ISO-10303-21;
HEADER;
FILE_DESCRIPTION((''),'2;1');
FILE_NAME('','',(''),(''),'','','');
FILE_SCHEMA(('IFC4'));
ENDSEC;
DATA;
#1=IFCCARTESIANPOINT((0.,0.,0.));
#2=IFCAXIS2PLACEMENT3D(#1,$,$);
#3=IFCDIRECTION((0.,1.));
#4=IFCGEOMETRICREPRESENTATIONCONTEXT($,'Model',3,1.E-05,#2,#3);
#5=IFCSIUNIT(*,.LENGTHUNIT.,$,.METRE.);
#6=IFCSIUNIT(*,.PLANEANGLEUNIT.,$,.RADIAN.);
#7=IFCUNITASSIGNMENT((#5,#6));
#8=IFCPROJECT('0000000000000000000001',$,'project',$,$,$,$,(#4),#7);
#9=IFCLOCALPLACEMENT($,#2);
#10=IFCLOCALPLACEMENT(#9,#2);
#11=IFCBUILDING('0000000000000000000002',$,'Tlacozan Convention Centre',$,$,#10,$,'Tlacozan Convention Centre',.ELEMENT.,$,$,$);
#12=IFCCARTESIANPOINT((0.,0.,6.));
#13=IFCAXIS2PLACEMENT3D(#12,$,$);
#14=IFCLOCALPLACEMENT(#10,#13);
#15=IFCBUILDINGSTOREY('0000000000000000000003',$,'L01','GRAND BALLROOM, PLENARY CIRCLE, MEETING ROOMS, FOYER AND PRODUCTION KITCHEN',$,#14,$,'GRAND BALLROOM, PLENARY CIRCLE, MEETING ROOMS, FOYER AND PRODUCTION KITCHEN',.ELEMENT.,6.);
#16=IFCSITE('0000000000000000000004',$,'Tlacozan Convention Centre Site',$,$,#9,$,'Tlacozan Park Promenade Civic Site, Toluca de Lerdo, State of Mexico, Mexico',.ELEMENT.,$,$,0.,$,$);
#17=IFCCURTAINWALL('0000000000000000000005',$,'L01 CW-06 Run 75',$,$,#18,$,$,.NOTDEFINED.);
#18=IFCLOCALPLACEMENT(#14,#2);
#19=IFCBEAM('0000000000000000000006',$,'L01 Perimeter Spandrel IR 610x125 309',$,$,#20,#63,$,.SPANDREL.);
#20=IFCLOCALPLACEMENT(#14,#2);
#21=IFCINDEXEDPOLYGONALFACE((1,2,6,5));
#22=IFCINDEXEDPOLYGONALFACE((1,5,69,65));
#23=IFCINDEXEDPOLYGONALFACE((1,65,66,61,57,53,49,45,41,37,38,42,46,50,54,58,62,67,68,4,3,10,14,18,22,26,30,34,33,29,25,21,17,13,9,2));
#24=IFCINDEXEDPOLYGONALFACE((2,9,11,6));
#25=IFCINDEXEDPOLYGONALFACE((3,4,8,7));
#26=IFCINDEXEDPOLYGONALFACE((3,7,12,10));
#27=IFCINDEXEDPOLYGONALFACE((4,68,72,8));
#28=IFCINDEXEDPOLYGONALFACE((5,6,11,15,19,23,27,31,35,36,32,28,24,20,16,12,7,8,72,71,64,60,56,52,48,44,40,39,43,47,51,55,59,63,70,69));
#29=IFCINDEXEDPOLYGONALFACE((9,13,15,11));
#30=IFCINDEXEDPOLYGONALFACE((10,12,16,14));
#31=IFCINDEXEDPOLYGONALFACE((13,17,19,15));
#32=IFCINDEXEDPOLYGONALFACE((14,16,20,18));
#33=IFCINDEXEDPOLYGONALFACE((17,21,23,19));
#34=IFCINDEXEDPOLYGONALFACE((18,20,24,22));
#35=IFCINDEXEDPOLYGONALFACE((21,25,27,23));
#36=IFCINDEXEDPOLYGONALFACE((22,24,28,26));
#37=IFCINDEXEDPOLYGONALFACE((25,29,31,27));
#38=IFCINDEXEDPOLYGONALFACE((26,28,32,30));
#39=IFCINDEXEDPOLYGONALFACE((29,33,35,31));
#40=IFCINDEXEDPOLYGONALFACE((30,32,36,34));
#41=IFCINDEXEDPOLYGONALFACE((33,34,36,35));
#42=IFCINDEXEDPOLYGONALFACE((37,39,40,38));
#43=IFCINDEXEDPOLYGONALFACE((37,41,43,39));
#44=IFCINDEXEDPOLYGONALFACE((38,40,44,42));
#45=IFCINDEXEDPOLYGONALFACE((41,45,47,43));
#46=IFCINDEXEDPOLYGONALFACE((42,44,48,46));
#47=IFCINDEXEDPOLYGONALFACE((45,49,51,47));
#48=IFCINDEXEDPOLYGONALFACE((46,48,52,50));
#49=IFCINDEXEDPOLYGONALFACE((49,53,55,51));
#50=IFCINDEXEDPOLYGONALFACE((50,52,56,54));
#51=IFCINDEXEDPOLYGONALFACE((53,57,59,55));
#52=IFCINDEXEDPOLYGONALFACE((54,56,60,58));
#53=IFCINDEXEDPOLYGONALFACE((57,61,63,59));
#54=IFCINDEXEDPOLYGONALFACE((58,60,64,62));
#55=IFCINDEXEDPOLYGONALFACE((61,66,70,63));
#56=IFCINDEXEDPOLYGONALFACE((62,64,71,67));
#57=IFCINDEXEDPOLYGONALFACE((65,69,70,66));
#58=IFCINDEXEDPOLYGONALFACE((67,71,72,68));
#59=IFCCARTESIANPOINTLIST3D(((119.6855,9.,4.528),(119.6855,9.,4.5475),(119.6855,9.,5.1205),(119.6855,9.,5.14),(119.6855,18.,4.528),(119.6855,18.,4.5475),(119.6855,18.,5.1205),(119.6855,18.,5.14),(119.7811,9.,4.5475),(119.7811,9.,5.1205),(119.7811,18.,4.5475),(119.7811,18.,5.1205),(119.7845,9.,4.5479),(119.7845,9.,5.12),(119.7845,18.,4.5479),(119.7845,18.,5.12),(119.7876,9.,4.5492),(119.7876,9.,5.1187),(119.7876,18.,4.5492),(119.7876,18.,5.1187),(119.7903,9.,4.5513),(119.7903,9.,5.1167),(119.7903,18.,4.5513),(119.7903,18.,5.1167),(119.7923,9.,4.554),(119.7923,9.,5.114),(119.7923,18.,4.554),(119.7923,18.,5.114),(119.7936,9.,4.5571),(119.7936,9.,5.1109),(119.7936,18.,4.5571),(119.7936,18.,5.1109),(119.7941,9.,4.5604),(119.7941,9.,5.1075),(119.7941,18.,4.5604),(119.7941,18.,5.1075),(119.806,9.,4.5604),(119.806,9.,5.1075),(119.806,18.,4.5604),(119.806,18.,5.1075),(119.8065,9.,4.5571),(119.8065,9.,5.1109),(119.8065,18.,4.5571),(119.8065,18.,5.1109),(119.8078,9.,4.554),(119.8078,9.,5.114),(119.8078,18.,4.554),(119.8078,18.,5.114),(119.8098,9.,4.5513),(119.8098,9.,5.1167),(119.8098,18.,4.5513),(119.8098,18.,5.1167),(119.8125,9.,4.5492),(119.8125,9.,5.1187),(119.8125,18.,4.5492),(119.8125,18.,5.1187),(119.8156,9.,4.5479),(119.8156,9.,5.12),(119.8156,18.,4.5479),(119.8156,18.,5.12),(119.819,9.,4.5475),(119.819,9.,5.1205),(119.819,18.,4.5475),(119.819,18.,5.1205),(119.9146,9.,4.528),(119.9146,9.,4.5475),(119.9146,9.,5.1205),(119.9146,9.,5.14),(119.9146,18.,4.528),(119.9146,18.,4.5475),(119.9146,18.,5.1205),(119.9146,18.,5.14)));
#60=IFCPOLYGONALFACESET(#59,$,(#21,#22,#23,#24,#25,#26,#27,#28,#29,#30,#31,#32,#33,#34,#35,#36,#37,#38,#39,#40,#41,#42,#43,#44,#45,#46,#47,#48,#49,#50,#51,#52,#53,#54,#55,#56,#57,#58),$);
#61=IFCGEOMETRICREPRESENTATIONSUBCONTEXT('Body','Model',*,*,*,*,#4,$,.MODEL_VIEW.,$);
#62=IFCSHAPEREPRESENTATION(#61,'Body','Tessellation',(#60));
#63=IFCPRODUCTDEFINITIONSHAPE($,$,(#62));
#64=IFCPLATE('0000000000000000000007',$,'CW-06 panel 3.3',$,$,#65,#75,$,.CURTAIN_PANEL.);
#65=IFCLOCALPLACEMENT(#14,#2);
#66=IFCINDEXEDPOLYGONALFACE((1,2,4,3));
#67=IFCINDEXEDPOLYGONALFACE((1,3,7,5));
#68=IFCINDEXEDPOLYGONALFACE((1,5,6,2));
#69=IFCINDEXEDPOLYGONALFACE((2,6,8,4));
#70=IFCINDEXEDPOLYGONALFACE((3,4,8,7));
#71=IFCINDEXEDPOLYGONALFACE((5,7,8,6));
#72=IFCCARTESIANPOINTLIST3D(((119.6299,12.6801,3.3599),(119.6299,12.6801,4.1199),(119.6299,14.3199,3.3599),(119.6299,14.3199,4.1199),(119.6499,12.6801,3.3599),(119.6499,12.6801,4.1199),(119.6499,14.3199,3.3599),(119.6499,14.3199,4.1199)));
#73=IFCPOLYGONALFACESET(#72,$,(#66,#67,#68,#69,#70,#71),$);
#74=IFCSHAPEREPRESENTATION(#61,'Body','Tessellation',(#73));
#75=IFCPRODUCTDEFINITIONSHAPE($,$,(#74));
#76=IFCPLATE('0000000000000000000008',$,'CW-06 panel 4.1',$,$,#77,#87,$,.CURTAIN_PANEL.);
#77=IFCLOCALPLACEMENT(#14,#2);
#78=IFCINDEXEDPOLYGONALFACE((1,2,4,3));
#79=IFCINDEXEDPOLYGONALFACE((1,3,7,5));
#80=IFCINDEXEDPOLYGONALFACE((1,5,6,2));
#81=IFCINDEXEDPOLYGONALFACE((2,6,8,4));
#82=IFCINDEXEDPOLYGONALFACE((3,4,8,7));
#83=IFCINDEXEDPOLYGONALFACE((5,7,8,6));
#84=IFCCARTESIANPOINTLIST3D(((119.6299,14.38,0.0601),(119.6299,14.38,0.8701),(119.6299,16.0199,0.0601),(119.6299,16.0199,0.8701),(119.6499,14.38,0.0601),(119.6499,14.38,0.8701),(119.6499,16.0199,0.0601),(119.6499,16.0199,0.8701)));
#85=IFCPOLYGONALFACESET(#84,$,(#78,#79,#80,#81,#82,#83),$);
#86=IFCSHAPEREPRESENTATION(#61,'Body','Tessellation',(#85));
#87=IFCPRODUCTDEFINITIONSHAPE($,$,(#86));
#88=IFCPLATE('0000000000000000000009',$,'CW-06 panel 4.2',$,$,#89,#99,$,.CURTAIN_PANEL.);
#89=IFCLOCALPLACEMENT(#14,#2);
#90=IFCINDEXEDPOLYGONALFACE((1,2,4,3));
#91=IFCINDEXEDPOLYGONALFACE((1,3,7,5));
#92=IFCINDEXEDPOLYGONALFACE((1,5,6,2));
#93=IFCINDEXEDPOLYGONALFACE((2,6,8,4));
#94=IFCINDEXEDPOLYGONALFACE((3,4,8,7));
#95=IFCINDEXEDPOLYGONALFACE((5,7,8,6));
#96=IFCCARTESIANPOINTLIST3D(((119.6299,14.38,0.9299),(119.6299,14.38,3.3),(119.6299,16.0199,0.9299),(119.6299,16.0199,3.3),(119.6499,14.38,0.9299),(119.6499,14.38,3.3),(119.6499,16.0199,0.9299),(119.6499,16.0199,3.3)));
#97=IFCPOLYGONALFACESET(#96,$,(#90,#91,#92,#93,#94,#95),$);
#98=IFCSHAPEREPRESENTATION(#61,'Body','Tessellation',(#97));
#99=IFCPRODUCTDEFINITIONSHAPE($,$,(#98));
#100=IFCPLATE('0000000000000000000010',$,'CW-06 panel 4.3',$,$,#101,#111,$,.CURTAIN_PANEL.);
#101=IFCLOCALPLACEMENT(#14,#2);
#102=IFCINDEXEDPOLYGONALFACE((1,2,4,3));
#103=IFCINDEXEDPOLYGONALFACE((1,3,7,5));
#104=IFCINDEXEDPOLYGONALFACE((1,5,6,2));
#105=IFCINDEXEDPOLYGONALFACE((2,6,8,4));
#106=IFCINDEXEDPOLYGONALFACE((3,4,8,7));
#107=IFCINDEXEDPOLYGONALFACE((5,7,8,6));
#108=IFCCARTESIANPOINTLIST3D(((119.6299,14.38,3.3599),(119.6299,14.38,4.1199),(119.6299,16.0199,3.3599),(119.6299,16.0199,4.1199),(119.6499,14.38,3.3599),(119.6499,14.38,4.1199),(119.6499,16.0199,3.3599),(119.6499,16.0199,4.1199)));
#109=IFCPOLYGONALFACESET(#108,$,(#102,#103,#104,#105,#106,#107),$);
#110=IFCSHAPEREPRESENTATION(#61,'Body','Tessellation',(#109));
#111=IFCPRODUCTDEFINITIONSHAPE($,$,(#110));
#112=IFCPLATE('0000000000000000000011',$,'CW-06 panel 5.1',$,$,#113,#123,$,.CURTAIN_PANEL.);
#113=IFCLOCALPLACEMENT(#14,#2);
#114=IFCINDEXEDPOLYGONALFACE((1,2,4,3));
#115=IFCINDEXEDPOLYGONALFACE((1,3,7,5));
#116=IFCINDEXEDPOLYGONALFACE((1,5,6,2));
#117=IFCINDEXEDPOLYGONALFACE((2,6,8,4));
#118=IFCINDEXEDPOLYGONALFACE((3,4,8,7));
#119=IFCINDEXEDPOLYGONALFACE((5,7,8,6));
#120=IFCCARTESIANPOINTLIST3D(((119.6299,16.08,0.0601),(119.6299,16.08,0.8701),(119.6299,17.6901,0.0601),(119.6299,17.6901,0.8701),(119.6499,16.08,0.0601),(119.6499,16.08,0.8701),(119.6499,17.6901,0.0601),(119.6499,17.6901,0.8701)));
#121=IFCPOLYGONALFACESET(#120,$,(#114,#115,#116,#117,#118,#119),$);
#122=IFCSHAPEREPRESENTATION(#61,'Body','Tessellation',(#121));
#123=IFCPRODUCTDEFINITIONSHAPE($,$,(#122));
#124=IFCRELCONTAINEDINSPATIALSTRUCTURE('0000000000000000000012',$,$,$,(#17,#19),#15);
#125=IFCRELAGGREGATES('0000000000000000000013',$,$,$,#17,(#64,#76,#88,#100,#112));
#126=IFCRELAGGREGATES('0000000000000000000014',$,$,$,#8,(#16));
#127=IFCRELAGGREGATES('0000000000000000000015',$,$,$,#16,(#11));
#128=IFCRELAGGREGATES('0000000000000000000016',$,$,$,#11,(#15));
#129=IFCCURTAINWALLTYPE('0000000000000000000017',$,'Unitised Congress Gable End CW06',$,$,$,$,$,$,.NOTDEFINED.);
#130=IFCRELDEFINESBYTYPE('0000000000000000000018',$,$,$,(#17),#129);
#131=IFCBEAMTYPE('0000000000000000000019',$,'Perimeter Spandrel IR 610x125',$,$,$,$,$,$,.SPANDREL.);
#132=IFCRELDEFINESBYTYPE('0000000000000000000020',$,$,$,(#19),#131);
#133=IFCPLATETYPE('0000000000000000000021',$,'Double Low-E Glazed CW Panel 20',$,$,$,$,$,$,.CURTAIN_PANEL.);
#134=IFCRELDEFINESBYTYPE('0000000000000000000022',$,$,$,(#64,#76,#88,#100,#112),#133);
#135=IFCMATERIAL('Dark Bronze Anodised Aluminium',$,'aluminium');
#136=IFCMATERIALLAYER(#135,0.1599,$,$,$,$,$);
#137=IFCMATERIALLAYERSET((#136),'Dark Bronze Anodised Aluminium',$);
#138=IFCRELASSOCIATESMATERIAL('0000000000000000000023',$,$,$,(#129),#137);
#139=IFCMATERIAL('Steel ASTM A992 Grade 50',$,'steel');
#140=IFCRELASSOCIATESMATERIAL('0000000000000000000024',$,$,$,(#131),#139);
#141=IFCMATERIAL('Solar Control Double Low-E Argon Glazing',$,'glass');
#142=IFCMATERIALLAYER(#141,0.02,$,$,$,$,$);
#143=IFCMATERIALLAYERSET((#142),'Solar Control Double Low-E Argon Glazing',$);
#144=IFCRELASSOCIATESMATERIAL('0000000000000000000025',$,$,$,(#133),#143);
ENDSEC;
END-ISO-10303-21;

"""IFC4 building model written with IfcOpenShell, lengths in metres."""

from ifc_helpers import new_model, si_unit, direction, frame, origin, origin_2d, place, context, subcontext, project, spatial, rectangle, i_section, extrude, material, layer, layer_set, material_profile, profile_set, type_object, element, aggregate, save


model = new_model("IFC4")

# Units and contexts
model_context = context("Model", 3, precision=1e-05, world=origin(), true_north=direction((0.0, 1.0)))
body_context = subcontext(model_context, "Body", "Model", "MODEL_VIEW")
ifc_project = project(units=[si_unit("LENGTHUNIT", "METRE"), si_unit("PLANEANGLEUNIT", "RADIAN")], contexts=[model_context])

# Site, building, storey
site_placement = place(None, origin())
site = spatial("IfcSite", under=ifc_project, at=site_placement, Name="Tlacozan Convention Centre Site", LongName="Tlacozan Park Promenade Civic Site, Toluca de Lerdo, State of Mexico, Mexico", CompositionType="ELEMENT", RefElevation=0.0)
building_placement = place(site_placement, origin())
building = spatial("IfcBuilding", under=site, at=building_placement, Name="Tlacozan Convention Centre", LongName="Tlacozan Convention Centre", CompositionType="ELEMENT")
storey_placement = place(building_placement, frame((0.0, 0.0, 6.0)))
storey = spatial("IfcBuildingStorey", under=building, at=storey_placement, Name="L01", Description="GRAND BALLROOM, PLENARY CIRCLE, MEETING ROOMS, FOYER AND PRODUCTION KITCHEN", LongName="GRAND BALLROOM, PLENARY CIRCLE, MEETING ROOMS, FOYER AND PRODUCTION KITCHEN", CompositionType="ELEMENT", Elevation=6.0)

# Curtain wall
ifc_material_1 = material(Name="Dark Bronze Anodised Aluminium", Category="aluminium")
ifc_layer_1 = layer(ifc_material_1, 0.1599)
ifc_layer_set_1 = layer_set([ifc_layer_1], Name="Dark Bronze Anodised Aluminium")
curtain_wall_type = type_object("IfcCurtainWallType", Name="Unitised Congress Gable End CW06", PredefinedType="NOTDEFINED", material=ifc_layer_set_1)
curtain_wall_placement = place(storey_placement, origin())
curtain_wall = element("IfcCurtainWall", 1, at=curtain_wall_placement, inside=storey, type_object=curtain_wall_type, Name="L01 CW-06 Run 75", PredefinedType="NOTDEFINED")

# Beam
ifc_material_2 = material(Name="Steel ASTM A992 Grade 50", Category="steel")
ifc_material_profile_1 = material_profile(ifc_material_2, i_section(OverallWidth=0.229, OverallDepth=0.6121, WebThickness=0.012, FlangeThickness=0.0195, FilletRadius=0.0129, at=origin_2d()), Name="IR 610x125.0")
ifc_profile_set_1 = profile_set([ifc_material_profile_1], Name="Steel ASTM A992 Grade 50")
beam_type = type_object("IfcBeamType", Name="Perimeter Spandrel IR 610x125", PredefinedType="SPANDREL", material=ifc_profile_set_1)
for number, where, z_axis, x_axis, name in (
    (2, (119.8, 9.0, 4.834), (0.0, 1.0, 0.0), (-1.0, 0.0, 0.0), "L01 Perimeter Spandrel IR 610x125 309"),
):
    element("IfcBeam", number, at=place(storey_placement, frame(where, z_axis=z_axis, x_axis=x_axis)), inside=storey, type_object=beam_type, Name=name, PredefinedType="SPANDREL", context=body_context, shape_type="SweptSolid", body=[
        extrude(i_section(OverallWidth=0.229, OverallDepth=0.6121, WebThickness=0.012, FlangeThickness=0.0195, FilletRadius=0.0129, at=origin_2d()), origin(), (0.0, 0.0, 1.0), 9.0),
    ])

# Plates
ifc_material_3 = material(Name="Solar Control Double Low-E Argon Glazing", Category="glass")
ifc_layer_2 = layer(ifc_material_3, 0.02)
ifc_layer_set_2 = layer_set([ifc_layer_2], Name="Solar Control Double Low-E Argon Glazing")
plate_type = type_object("IfcPlateType", Name="Double Low-E Glazed CW Panel 20", PredefinedType="CURTAIN_PANEL", material=ifc_layer_set_2)
plate_1_placement = place(storey_placement, frame((119.6399, 13.5, 3.3599), z_axis=(0.0, 0.0, 1.0), x_axis=(0.0, 1.0, 0.0)))
plate_1 = element("IfcPlate", 3, at=plate_1_placement, type_object=plate_type, Name="CW-06 panel 3.3", PredefinedType="CURTAIN_PANEL", context=body_context, shape_type="SweptSolid", body=[
    extrude(rectangle(XDim=1.6399, YDim=0.02, at=origin_2d()), origin(), (0.0, 0.0, 1.0), 0.76),
])
plate_2_placement = place(storey_placement, frame((119.6399, 15.2, 0.0601), z_axis=(0.0, 0.0, 1.0), x_axis=(0.0, 1.0, 0.0)))
plate_2 = element("IfcPlate", 4, at=plate_2_placement, type_object=plate_type, Name="CW-06 panel 4.1", PredefinedType="CURTAIN_PANEL", context=body_context, shape_type="SweptSolid", body=[
    extrude(rectangle(XDim=1.6399, YDim=0.02, at=origin_2d()), origin(), (0.0, 0.0, 1.0), 0.8101),
])
plate_3_placement = place(storey_placement, frame((119.6399, 15.2, 0.9299), z_axis=(0.0, 0.0, 1.0), x_axis=(0.0, 1.0, 0.0)))
plate_3 = element("IfcPlate", 5, at=plate_3_placement, type_object=plate_type, Name="CW-06 panel 4.2", PredefinedType="CURTAIN_PANEL", context=body_context, shape_type="SweptSolid", body=[
    extrude(rectangle(XDim=1.6399, YDim=0.02, at=origin_2d()), origin(), (0.0, 0.0, 1.0), 2.3701),
])
plate_4_placement = place(storey_placement, frame((119.6399, 15.2, 3.3599), z_axis=(0.0, 0.0, 1.0), x_axis=(0.0, 1.0, 0.0)))
plate_4 = element("IfcPlate", 6, at=plate_4_placement, type_object=plate_type, Name="CW-06 panel 4.3", PredefinedType="CURTAIN_PANEL", context=body_context, shape_type="SweptSolid", body=[
    extrude(rectangle(XDim=1.6399, YDim=0.02, at=origin_2d()), origin(), (0.0, 0.0, 1.0), 0.76),
])
plate_5_placement = place(storey_placement, frame((119.6399, 16.885, 0.0601), z_axis=(0.0, 0.0, 1.0), x_axis=(0.0, 1.0, 0.0)))
plate_5 = element("IfcPlate", 7, at=plate_5_placement, type_object=plate_type, Name="CW-06 panel 5.1", PredefinedType="CURTAIN_PANEL", context=body_context, shape_type="SweptSolid", body=[
    extrude(rectangle(XDim=1.6101, YDim=0.02, at=origin_2d()), origin(), (0.0, 0.0, 1.0), 0.8101),
])
aggregate(curtain_wall, [plate_1, plate_2, plate_3, plate_4, plate_5])

save(model, "model.ifc")
